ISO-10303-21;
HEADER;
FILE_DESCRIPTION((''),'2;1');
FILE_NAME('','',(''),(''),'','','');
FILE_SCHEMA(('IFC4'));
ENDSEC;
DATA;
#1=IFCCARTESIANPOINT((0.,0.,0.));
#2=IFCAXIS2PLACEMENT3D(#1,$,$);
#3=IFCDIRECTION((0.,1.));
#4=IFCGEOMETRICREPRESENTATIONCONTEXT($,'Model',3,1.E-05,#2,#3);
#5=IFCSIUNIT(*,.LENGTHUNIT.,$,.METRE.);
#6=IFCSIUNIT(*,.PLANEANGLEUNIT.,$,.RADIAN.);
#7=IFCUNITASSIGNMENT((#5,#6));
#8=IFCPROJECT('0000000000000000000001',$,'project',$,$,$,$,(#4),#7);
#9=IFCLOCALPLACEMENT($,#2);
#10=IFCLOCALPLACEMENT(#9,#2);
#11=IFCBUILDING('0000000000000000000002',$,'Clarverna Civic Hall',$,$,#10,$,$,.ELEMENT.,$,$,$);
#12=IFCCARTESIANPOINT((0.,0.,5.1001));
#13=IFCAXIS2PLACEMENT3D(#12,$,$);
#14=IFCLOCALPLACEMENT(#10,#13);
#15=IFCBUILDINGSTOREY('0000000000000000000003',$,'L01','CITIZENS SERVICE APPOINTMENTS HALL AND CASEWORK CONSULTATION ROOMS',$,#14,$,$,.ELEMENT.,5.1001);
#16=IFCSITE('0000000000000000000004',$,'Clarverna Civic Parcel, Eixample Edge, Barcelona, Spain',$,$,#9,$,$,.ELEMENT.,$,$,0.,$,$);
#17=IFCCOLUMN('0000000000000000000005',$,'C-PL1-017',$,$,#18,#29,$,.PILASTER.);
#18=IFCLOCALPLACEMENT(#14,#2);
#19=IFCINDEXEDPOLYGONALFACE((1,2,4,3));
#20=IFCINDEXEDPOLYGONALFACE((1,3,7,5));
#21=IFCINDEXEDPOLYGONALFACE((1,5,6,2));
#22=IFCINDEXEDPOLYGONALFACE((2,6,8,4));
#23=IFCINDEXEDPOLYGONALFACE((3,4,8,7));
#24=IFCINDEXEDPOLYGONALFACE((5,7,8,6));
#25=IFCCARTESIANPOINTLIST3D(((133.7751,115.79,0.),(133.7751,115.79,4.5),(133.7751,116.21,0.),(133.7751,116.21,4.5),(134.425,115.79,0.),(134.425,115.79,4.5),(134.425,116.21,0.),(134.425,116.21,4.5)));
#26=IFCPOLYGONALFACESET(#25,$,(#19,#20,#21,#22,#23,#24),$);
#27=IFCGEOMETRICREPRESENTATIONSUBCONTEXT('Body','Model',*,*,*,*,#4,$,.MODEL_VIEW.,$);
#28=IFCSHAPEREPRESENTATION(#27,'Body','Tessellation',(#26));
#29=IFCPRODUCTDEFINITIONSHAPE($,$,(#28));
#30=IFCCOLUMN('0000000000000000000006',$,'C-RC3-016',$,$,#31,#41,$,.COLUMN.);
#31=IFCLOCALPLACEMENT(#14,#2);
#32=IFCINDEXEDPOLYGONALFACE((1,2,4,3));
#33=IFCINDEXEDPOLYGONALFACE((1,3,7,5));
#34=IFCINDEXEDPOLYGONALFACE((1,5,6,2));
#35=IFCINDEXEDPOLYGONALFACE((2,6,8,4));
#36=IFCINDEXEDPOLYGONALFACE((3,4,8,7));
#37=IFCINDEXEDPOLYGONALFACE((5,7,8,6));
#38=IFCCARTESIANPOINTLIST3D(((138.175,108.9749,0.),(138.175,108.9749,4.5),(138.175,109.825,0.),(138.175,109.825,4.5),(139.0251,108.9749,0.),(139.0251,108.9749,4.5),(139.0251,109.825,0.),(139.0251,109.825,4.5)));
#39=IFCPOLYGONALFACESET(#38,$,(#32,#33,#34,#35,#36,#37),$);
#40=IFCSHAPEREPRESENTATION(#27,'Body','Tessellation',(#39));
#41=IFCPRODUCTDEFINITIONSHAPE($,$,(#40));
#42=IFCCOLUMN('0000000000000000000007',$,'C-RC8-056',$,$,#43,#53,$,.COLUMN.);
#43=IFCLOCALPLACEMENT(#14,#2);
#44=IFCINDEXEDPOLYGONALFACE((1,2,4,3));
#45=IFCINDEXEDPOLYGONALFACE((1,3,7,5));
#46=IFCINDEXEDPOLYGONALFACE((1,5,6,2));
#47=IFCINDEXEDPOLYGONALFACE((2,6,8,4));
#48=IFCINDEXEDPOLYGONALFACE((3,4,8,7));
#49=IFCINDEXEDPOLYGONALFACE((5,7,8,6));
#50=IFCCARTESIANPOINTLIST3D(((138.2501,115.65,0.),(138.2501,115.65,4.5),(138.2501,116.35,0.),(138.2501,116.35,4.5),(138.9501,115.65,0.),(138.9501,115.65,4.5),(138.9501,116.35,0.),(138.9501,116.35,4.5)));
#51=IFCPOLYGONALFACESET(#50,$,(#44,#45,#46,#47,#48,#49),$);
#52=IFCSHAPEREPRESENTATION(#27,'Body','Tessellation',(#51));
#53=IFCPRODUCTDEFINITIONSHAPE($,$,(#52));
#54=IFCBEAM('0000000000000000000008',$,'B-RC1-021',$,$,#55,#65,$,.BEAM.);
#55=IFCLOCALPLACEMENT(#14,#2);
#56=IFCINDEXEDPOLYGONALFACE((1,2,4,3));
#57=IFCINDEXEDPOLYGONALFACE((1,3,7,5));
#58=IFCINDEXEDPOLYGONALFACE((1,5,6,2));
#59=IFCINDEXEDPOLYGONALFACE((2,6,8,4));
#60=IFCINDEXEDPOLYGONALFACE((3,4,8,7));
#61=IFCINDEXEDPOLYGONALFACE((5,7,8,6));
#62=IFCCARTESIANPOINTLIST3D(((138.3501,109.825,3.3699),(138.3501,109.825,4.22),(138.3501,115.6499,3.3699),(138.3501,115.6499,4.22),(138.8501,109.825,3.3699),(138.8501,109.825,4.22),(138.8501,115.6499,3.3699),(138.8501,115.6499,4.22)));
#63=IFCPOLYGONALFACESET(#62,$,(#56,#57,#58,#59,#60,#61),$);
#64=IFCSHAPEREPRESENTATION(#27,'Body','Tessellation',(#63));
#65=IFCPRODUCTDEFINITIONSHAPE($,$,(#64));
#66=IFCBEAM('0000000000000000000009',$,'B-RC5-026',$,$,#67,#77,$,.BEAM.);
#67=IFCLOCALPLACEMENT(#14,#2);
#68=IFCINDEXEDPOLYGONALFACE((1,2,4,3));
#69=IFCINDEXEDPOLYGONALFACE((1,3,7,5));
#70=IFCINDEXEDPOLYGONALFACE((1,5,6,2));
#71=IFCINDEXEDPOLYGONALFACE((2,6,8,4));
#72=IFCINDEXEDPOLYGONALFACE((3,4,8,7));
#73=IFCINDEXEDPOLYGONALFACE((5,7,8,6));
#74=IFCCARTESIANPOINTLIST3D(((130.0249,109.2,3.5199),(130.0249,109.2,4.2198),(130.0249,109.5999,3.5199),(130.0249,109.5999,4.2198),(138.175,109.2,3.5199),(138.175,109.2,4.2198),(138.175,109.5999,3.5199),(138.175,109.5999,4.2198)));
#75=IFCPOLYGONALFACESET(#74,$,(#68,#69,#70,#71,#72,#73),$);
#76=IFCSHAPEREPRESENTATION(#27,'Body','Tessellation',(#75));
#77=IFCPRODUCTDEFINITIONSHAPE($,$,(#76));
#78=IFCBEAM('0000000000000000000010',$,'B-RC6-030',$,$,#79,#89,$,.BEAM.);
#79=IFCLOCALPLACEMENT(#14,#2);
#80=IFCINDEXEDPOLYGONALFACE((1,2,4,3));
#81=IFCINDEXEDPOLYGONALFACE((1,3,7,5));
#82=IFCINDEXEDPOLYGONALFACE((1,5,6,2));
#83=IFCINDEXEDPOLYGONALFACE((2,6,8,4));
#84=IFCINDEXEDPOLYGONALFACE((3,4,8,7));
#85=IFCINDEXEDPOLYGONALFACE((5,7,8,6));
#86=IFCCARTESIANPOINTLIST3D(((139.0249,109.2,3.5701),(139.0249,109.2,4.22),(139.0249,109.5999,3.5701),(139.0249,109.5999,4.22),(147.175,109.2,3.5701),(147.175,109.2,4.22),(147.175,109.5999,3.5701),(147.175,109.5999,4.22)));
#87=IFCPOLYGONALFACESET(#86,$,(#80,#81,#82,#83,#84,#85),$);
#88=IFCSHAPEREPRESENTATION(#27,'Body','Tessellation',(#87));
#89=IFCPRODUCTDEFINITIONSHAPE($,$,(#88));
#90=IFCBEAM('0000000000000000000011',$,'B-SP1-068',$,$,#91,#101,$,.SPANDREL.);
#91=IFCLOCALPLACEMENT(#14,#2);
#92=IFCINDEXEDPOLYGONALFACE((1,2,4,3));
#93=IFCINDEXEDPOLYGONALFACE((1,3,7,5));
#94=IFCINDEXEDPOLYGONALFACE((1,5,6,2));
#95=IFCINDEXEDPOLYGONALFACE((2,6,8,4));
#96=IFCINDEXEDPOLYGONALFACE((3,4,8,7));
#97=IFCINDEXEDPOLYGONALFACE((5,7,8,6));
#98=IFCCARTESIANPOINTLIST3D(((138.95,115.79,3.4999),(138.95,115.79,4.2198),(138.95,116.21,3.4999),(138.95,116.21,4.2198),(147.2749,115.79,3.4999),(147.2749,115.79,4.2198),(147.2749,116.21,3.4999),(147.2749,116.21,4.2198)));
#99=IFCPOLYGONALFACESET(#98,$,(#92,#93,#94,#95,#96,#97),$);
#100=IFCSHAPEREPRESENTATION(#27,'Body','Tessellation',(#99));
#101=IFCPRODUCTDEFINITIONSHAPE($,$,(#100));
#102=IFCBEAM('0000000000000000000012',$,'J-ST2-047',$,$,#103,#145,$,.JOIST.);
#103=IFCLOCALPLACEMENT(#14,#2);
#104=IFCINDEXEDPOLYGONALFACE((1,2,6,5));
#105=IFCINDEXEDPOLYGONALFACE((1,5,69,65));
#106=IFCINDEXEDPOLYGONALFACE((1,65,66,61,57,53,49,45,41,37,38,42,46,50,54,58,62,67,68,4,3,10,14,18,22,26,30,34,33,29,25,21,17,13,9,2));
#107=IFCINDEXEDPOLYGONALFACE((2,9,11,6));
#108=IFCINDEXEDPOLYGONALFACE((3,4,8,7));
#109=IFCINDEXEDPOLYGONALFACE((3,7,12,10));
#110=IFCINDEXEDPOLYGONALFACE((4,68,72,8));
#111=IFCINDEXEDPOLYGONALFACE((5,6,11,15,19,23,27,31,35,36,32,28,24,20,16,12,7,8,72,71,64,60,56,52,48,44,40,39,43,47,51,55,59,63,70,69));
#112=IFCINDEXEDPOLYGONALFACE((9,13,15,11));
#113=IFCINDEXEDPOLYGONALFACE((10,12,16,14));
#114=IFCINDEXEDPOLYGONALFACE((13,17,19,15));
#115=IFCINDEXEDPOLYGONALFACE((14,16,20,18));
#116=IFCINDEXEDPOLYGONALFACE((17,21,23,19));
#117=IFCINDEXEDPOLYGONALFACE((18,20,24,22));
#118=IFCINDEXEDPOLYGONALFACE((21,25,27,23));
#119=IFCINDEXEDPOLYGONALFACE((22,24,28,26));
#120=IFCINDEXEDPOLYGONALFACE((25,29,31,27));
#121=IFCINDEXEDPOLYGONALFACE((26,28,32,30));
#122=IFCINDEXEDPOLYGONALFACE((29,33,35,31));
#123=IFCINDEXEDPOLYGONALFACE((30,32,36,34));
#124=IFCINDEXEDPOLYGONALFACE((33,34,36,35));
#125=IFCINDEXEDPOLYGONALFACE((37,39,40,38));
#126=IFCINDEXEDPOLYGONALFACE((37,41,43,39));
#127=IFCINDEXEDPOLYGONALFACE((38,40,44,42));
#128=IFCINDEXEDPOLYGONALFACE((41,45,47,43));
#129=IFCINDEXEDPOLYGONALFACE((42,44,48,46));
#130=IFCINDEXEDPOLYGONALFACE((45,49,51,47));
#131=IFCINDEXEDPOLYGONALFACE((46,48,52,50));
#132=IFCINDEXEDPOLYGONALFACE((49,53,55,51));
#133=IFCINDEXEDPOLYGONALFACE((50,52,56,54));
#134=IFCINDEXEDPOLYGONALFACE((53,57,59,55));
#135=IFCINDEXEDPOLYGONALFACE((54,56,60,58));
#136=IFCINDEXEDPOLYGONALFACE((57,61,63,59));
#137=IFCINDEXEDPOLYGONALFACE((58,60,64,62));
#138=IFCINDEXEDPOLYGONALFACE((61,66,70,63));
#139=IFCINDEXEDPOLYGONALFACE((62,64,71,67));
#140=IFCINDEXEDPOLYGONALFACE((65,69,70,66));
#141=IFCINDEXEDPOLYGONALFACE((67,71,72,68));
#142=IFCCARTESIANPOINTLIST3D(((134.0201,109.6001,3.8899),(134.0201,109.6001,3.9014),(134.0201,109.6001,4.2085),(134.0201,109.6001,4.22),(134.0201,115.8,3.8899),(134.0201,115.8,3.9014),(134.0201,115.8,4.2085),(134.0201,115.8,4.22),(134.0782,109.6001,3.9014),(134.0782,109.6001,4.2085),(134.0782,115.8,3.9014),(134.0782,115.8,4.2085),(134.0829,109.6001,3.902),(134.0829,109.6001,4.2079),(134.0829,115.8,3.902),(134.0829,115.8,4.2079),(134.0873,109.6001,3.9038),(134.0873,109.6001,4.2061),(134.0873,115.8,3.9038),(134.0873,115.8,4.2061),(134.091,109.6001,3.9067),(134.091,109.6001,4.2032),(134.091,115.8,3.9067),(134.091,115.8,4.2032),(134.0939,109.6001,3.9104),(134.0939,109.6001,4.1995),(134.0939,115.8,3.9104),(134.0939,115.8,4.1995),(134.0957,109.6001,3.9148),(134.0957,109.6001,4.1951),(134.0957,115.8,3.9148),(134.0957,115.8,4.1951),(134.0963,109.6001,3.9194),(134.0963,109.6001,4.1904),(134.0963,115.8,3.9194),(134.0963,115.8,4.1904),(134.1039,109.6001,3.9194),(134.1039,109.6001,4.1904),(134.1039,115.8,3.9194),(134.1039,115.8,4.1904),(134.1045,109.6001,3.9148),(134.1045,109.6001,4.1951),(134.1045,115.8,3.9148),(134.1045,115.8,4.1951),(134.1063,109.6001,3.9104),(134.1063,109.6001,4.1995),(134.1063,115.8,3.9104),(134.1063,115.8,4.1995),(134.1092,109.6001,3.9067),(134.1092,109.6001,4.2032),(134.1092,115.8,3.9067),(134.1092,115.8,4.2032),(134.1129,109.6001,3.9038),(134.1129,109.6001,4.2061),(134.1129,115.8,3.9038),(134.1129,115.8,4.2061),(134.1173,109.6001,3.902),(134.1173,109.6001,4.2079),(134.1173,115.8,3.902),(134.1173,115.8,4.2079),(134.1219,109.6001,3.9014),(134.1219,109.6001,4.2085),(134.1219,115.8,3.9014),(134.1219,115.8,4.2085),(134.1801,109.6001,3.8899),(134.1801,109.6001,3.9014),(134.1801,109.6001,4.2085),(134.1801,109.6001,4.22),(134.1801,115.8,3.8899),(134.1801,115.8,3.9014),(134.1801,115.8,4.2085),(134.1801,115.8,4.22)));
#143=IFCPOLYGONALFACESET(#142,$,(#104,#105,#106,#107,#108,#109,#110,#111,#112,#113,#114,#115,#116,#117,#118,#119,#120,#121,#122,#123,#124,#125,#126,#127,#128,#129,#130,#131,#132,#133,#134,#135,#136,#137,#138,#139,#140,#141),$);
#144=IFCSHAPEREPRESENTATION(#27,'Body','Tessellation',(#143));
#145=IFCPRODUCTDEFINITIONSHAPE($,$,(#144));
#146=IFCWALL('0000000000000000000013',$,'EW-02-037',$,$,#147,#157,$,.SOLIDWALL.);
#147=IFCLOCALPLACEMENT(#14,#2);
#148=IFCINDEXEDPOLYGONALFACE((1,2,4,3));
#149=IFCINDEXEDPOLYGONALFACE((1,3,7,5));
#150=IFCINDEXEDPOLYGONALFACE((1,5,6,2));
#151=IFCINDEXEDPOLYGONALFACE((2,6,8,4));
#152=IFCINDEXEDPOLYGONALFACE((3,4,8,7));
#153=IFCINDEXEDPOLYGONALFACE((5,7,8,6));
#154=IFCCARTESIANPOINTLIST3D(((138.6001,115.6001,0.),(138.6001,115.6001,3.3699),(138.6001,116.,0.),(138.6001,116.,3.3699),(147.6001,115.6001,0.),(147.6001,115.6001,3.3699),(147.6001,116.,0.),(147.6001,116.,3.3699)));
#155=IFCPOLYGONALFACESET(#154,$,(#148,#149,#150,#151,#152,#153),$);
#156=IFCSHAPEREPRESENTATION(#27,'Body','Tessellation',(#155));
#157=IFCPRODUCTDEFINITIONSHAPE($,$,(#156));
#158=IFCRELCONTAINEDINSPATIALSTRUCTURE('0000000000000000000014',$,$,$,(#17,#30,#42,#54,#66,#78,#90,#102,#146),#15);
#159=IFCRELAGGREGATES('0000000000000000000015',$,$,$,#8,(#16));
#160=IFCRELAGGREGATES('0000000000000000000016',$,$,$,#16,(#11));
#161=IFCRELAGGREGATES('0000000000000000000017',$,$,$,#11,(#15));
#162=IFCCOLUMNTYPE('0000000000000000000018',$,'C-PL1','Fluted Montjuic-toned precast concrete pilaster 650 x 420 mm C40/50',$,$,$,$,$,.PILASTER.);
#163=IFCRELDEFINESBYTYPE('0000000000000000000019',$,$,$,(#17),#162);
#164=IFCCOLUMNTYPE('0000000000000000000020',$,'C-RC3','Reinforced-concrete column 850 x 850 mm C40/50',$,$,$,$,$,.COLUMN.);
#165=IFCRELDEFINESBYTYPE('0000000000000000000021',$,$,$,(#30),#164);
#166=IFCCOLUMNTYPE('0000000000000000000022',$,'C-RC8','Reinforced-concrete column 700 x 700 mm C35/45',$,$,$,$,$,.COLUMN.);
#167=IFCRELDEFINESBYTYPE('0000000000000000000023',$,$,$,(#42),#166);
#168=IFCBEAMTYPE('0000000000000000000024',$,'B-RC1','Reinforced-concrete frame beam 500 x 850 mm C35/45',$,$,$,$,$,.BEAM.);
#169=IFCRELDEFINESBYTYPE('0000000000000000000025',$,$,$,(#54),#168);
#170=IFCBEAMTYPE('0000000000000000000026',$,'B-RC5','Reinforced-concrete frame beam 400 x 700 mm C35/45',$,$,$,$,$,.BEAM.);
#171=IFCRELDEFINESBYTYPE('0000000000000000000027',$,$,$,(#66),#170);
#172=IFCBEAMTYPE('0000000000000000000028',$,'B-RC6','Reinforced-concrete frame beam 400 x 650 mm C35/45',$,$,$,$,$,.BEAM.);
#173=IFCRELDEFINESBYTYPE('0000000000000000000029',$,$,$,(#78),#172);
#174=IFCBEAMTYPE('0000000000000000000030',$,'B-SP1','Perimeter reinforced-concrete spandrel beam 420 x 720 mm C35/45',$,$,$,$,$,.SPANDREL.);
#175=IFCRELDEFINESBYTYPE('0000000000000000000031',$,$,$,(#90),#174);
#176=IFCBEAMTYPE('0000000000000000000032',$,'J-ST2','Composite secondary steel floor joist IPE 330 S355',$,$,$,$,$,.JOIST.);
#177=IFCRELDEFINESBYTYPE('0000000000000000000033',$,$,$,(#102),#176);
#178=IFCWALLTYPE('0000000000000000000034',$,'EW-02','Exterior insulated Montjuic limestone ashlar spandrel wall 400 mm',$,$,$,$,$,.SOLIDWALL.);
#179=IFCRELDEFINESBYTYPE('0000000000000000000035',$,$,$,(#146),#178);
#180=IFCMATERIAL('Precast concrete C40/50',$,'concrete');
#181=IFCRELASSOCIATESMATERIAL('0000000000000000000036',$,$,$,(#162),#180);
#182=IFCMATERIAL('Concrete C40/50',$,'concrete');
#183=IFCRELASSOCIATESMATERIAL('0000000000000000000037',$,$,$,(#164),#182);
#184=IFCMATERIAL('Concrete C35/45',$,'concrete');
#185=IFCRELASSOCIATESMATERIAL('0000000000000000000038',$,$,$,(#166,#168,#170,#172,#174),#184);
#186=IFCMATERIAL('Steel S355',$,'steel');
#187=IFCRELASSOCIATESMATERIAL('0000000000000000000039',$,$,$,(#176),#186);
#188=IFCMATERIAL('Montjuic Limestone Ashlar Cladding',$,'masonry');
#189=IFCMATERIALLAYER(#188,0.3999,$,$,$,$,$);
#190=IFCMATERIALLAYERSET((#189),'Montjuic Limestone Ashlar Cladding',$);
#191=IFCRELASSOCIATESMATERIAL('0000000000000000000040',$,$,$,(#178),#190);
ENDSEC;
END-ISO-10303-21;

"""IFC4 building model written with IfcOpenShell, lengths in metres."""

from ifc_helpers import new_model, si_unit, direction, frame, frame_2d, origin, origin_2d, place, context, subcontext, project, spatial, rectangle, i_section, extrude, material, layer, layer_set, material_profile, profile_set, type_object, element, save


model = new_model("IFC4")

# Units and contexts
model_context = context("Model", 3, precision=1e-05, world=origin(), true_north=direction((0.0, 1.0)))
body_context = subcontext(model_context, "Body", "Model", "MODEL_VIEW")
ifc_project = project(units=[si_unit("LENGTHUNIT", "METRE"), si_unit("PLANEANGLEUNIT", "RADIAN")], contexts=[model_context])

# Site, building, storey
site_placement = place(None, origin())
site = spatial("IfcSite", under=ifc_project, at=site_placement, Name="Clarverna Civic Parcel, Eixample Edge, Barcelona, Spain", CompositionType="ELEMENT", RefElevation=0.0)
building_placement = place(site_placement, origin())
building = spatial("IfcBuilding", under=site, at=building_placement, Name="Clarverna Civic Hall", CompositionType="ELEMENT")
storey_placement = place(building_placement, frame((0.0, 0.0, 5.1001)))
storey = spatial("IfcBuildingStorey", under=building, at=storey_placement, Name="L01", Description="CITIZENS SERVICE APPOINTMENTS HALL AND CASEWORK CONSULTATION ROOMS", CompositionType="ELEMENT", Elevation=5.1001)

# Columns
ifc_material_1 = material(Name="Precast concrete C40/50", Category="concrete")
ifc_material_profile_1 = material_profile(ifc_material_1, rectangle(XDim=0.6499, YDim=0.4199, at=origin_2d()), Name="PILASTER 650x420")
ifc_profile_set_1 = profile_set([ifc_material_profile_1], Name="Precast concrete C40/50")
column_type_1 = type_object("IfcColumnType", Name="C-PL1", Description="Fluted Montjuic-toned precast concrete pilaster 650 x 420 mm C40/50", PredefinedType="PILASTER", material=ifc_profile_set_1)
column_1_placement = place(storey_placement, frame((134.1001, 116.0, 0.0), z_axis=(0.0, 0.0, 1.0), x_axis=(1.0, 0.0, 0.0)))
element("IfcColumn", 1, at=column_1_placement, inside=storey, type_object=column_type_1, Name="C-PL1-017", PredefinedType="PILASTER", context=body_context, shape_type="SweptSolid", body=[
    extrude(rectangle(XDim=0.6499, YDim=0.4199, at=origin_2d()), origin(), (0.0, 0.0, 1.0), 4.5),
])
ifc_material_2 = material(Name="Concrete C40/50", Category="concrete")
ifc_material_profile_2 = material_profile(ifc_material_2, rectangle(XDim=0.8501, YDim=0.8501, at=origin_2d()), Name="RC 850x850")
ifc_profile_set_2 = profile_set([ifc_material_profile_2], Name="Concrete C40/50")
column_type_2 = type_object("IfcColumnType", Name="C-RC3", Description="Reinforced-concrete column 850 x 850 mm C40/50", PredefinedType="COLUMN", material=ifc_profile_set_2)
column_2_placement = place(storey_placement, frame((138.6001, 109.3999, 0.0), z_axis=(0.0, 0.0, 1.0), x_axis=(1.0, 0.0, 0.0)))
element("IfcColumn", 2, at=column_2_placement, inside=storey, type_object=column_type_2, Name="C-RC3-016", PredefinedType="COLUMN", context=body_context, shape_type="SweptSolid", body=[
    extrude(rectangle(XDim=0.8501, YDim=0.8501, at=origin_2d()), origin(), (0.0, 0.0, 1.0), 4.5),
])
ifc_material_3 = material(Name="Concrete C35/45", Category="concrete")
ifc_material_profile_3 = material_profile(ifc_material_3, rectangle(XDim=0.7, YDim=0.7, at=origin_2d()), Name="RC 700x700")
ifc_profile_set_3 = profile_set([ifc_material_profile_3], Name="Concrete C35/45")
column_type_3 = type_object("IfcColumnType", Name="C-RC8", Description="Reinforced-concrete column 700 x 700 mm C35/45", PredefinedType="COLUMN", material=ifc_profile_set_3)
column_3_placement = place(storey_placement, frame((138.6001, 116.0, 0.0), z_axis=(0.0, 0.0, 1.0), x_axis=(1.0, 0.0, 0.0)))
element("IfcColumn", 3, at=column_3_placement, inside=storey, type_object=column_type_3, Name="C-RC8-056", PredefinedType="COLUMN", context=body_context, shape_type="SweptSolid", body=[
    extrude(rectangle(XDim=0.7, YDim=0.7, at=origin_2d()), origin(), (0.0, 0.0, 1.0), 4.5),
])

# Beams
ifc_material_profile_4 = material_profile(ifc_material_3, rectangle(XDim=0.5, YDim=0.8501, at=origin_2d()), Name="RC 500x850")
ifc_profile_set_4 = profile_set([ifc_material_profile_4], Name="Concrete C35/45")
beam_type_1 = type_object("IfcBeamType", Name="B-RC1", Description="Reinforced-concrete frame beam 500 x 850 mm C35/45", PredefinedType="BEAM", material=ifc_profile_set_4)
beam_1_placement = place(storey_placement, frame((138.6001, 109.825, 3.7949), z_axis=(0.0, 1.0, 0.0), x_axis=(-1.0, 0.0, 0.0)))
element("IfcBeam", 4, at=beam_1_placement, inside=storey, type_object=beam_type_1, Name="B-RC1-021", PredefinedType="BEAM", context=body_context, shape_type="SweptSolid", body=[
    extrude(rectangle(XDim=0.5, YDim=0.8501, at=origin_2d()), origin(), (0.0, 0.0, 1.0), 5.825),
])
ifc_material_profile_5 = material_profile(ifc_material_3, rectangle(XDim=0.3999, YDim=0.7, at=origin_2d()), Name="RC 400x700")
ifc_profile_set_5 = profile_set([ifc_material_profile_5], Name="Concrete C35/45")
beam_type_2 = type_object("IfcBeamType", Name="B-RC5", Description="Reinforced-concrete frame beam 400 x 700 mm C35/45", PredefinedType="BEAM", material=ifc_profile_set_5)
beam_2_placement = place(storey_placement, frame((130.0249, 109.3999, 3.8699), z_axis=(1.0, 0.0, 0.0), x_axis=(0.0, 1.0, 0.0)))
element("IfcBeam", 5, at=beam_2_placement, inside=storey, type_object=beam_type_2, Name="B-RC5-026", PredefinedType="BEAM", context=body_context, shape_type="SweptSolid", body=[
    extrude(rectangle(XDim=0.3999, YDim=0.7, at=origin_2d()), origin(), (0.0, 0.0, 1.0), 8.1501),
])
ifc_material_profile_6 = material_profile(ifc_material_3, rectangle(XDim=0.3999, YDim=0.6499, at=origin_2d()), Name="RC 400x650")
ifc_profile_set_6 = profile_set([ifc_material_profile_6], Name="Concrete C35/45")
beam_type_3 = type_object("IfcBeamType", Name="B-RC6", Description="Reinforced-concrete frame beam 400 x 650 mm C35/45", PredefinedType="BEAM", material=ifc_profile_set_6)
beam_3_placement = place(storey_placement, frame((139.0249, 109.3999, 3.895), z_axis=(1.0, 0.0, 0.0), x_axis=(0.0, 1.0, 0.0)))
element("IfcBeam", 6, at=beam_3_placement, inside=storey, type_object=beam_type_3, Name="B-RC6-030", PredefinedType="BEAM", context=body_context, shape_type="SweptSolid", body=[
    extrude(rectangle(XDim=0.3999, YDim=0.6499, at=origin_2d()), origin(), (0.0, 0.0, 1.0), 8.1501),
])
ifc_material_profile_7 = material_profile(ifc_material_3, rectangle(XDim=0.4199, YDim=0.72, at=origin_2d()), Name="RC 420x720")
ifc_profile_set_7 = profile_set([ifc_material_profile_7], Name="Concrete C35/45")
beam_type_4 = type_object("IfcBeamType", Name="B-SP1", Description="Perimeter reinforced-concrete spandrel beam 420 x 720 mm C35/45", PredefinedType="SPANDREL", material=ifc_profile_set_7)
beam_4_placement = place(storey_placement, frame((138.95, 116.0, 3.8599), z_axis=(1.0, 0.0, 0.0), x_axis=(0.0, 1.0, 0.0)))
element("IfcBeam", 7, at=beam_4_placement, inside=storey, type_object=beam_type_4, Name="B-SP1-068", PredefinedType="SPANDREL", context=body_context, shape_type="SweptSolid", body=[
    extrude(rectangle(XDim=0.4199, YDim=0.72, at=origin_2d()), origin(), (0.0, 0.0, 1.0), 8.325),
])
ifc_material_4 = material(Name="Steel S355", Category="steel")
ifc_material_profile_8 = material_profile(ifc_material_4, i_section(OverallWidth=0.1599, OverallDepth=0.3301, WebThickness=0.0076, FlangeThickness=0.0115, FilletRadius=0.0181, at=origin_2d()), Name="IPE 330")
ifc_profile_set_8 = profile_set([ifc_material_profile_8], Name="Steel S355")
beam_type_5 = type_object("IfcBeamType", Name="J-ST2", Description="Composite secondary steel floor joist IPE 330 S355", PredefinedType="JOIST", material=ifc_profile_set_8)
beam_5_placement = place(storey_placement, frame((134.1001, 109.6001, 4.0549), z_axis=(0.0, 1.0, 0.0), x_axis=(-1.0, 0.0, 0.0)))
element("IfcBeam", 8, at=beam_5_placement, inside=storey, type_object=beam_type_5, Name="J-ST2-047", PredefinedType="JOIST", context=body_context, shape_type="SweptSolid", body=[
    extrude(i_section(OverallWidth=0.1599, OverallDepth=0.3301, WebThickness=0.0076, FlangeThickness=0.0115, FilletRadius=0.0181, at=origin_2d()), origin(), (0.0, 0.0, 1.0), 6.2),
])

# Wall
ifc_material_5 = material(Name="Montjuic Limestone Ashlar Cladding", Category="masonry")
ifc_layer_1 = layer(ifc_material_5, 0.3999)
ifc_layer_set_1 = layer_set([ifc_layer_1], Name="Montjuic Limestone Ashlar Cladding")
wall_type_1 = type_object("IfcWallType", Name="EW-02", Description="Exterior insulated Montjuic limestone ashlar spandrel wall 400 mm", PredefinedType="SOLIDWALL", material=ifc_layer_set_1)
wall_1_placement = place(storey_placement, frame((138.6001, 115.8, 0.0), z_axis=(0.0, 0.0, 1.0), x_axis=(1.0, 0.0, 0.0)))
element("IfcWall", 9, at=wall_1_placement, inside=storey, type_object=wall_type_1, Name="EW-02-037", PredefinedType="SOLIDWALL", context=body_context, shape_type="SweptSolid", body=[
    extrude(rectangle(XDim=9.0, YDim=0.3999, at=frame_2d((4.5, 0.0))), origin(), (0.0, 0.0, 1.0), 3.3699),
])

save(model, "model.ifc")
